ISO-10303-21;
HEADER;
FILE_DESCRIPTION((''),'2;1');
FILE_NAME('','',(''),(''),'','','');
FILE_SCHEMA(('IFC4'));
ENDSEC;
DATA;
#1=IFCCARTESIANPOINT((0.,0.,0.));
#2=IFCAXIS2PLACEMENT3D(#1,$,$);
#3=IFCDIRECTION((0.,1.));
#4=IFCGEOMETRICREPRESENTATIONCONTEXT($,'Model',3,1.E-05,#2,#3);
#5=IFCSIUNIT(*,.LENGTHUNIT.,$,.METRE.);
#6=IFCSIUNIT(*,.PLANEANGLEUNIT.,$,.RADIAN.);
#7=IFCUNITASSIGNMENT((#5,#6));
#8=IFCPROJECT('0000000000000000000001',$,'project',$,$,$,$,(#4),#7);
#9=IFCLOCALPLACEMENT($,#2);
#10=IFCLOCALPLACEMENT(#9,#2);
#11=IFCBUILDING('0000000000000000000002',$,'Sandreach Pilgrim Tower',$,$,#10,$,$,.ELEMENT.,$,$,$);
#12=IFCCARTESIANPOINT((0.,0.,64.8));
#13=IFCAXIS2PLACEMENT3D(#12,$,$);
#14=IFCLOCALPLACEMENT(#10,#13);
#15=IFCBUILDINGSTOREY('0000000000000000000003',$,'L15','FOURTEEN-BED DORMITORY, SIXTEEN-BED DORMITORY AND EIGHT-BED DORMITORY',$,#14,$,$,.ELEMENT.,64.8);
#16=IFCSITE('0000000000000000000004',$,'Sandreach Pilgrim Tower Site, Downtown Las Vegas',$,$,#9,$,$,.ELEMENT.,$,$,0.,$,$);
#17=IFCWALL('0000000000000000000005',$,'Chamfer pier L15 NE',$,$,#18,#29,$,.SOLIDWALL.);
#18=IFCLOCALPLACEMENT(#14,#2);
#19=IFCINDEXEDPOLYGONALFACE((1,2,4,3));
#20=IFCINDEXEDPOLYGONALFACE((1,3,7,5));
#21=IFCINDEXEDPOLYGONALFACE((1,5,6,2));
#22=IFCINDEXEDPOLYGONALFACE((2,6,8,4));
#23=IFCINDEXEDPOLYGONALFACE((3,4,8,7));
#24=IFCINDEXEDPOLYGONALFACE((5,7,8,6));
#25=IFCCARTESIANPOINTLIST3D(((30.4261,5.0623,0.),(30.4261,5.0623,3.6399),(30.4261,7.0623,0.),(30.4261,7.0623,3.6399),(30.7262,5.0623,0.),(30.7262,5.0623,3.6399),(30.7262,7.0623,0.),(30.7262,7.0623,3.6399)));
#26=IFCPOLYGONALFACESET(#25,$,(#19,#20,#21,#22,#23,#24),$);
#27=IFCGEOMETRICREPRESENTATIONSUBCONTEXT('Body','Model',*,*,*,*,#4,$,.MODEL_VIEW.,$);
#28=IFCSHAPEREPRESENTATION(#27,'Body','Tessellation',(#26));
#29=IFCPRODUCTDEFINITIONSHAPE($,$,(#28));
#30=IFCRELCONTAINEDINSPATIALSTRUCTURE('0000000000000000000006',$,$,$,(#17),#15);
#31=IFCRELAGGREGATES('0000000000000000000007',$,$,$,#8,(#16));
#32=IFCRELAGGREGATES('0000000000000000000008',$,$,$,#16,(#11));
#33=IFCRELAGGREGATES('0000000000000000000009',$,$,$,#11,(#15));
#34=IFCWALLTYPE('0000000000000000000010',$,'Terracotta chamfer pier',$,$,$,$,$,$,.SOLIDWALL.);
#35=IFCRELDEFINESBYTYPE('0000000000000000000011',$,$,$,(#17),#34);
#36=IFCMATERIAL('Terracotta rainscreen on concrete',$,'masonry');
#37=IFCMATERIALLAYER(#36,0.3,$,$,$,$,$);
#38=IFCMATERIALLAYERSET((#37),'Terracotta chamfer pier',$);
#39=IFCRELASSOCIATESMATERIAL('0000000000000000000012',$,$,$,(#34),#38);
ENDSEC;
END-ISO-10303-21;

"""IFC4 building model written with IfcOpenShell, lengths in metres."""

from ifc_helpers import new_model, si_unit, direction, frame, frame_2d, origin, place, context, subcontext, project, spatial, rectangle, extrude, material, layer, layer_set, type_object, element, save


model = new_model("IFC4")

# Units and contexts
model_context = context("Model", 3, precision=1e-05, world=origin(), true_north=direction((0.0, 1.0)))
body_context = subcontext(model_context, "Body", "Model", "MODEL_VIEW")
ifc_project = project(units=[si_unit("LENGTHUNIT", "METRE"), si_unit("PLANEANGLEUNIT", "RADIAN")], contexts=[model_context])

# Site, building, storey
site_placement = place(None, origin())
site = spatial("IfcSite", under=ifc_project, at=site_placement, Name="Sandreach Pilgrim Tower Site, Downtown Las Vegas", CompositionType="ELEMENT", RefElevation=0.0)
building_placement = place(site_placement, origin())
building = spatial("IfcBuilding", under=site, at=building_placement, Name="Sandreach Pilgrim Tower", CompositionType="ELEMENT")
storey_placement = place(building_placement, frame((0.0, 0.0, 64.8)))
storey = spatial("IfcBuildingStorey", under=building, at=storey_placement, Name="L15", Description="FOURTEEN-BED DORMITORY, SIXTEEN-BED DORMITORY AND EIGHT-BED DORMITORY", CompositionType="ELEMENT", Elevation=64.8)

# Wall
ifc_material_1 = material(Name="Terracotta rainscreen on concrete", Category="masonry")
ifc_layer_1 = layer(ifc_material_1, 0.3)
ifc_layer_set_1 = layer_set([ifc_layer_1], Name="Terracotta chamfer pier")
wall_type_1 = type_object("IfcWallType", Name="Terracotta chamfer pier", PredefinedType="SOLIDWALL", material=ifc_layer_set_1)
wall_1_placement = place(storey_placement, frame((30.5762, 7.0623, 0.0), z_axis=(0.0, 0.0, 1.0), x_axis=(0.0, -1.0, 0.0)))
element("IfcWall", 1, at=wall_1_placement, inside=storey, type_object=wall_type_1, Name="Chamfer pier L15 NE", PredefinedType="SOLIDWALL", context=body_context, shape_type="SweptSolid", body=[
    extrude(rectangle(XDim=2.0, YDim=0.3, at=frame_2d((1.0, 0.0))), origin(), (0.0, 0.0, 1.0), 3.6399),
])

save(model, "model.ifc")
